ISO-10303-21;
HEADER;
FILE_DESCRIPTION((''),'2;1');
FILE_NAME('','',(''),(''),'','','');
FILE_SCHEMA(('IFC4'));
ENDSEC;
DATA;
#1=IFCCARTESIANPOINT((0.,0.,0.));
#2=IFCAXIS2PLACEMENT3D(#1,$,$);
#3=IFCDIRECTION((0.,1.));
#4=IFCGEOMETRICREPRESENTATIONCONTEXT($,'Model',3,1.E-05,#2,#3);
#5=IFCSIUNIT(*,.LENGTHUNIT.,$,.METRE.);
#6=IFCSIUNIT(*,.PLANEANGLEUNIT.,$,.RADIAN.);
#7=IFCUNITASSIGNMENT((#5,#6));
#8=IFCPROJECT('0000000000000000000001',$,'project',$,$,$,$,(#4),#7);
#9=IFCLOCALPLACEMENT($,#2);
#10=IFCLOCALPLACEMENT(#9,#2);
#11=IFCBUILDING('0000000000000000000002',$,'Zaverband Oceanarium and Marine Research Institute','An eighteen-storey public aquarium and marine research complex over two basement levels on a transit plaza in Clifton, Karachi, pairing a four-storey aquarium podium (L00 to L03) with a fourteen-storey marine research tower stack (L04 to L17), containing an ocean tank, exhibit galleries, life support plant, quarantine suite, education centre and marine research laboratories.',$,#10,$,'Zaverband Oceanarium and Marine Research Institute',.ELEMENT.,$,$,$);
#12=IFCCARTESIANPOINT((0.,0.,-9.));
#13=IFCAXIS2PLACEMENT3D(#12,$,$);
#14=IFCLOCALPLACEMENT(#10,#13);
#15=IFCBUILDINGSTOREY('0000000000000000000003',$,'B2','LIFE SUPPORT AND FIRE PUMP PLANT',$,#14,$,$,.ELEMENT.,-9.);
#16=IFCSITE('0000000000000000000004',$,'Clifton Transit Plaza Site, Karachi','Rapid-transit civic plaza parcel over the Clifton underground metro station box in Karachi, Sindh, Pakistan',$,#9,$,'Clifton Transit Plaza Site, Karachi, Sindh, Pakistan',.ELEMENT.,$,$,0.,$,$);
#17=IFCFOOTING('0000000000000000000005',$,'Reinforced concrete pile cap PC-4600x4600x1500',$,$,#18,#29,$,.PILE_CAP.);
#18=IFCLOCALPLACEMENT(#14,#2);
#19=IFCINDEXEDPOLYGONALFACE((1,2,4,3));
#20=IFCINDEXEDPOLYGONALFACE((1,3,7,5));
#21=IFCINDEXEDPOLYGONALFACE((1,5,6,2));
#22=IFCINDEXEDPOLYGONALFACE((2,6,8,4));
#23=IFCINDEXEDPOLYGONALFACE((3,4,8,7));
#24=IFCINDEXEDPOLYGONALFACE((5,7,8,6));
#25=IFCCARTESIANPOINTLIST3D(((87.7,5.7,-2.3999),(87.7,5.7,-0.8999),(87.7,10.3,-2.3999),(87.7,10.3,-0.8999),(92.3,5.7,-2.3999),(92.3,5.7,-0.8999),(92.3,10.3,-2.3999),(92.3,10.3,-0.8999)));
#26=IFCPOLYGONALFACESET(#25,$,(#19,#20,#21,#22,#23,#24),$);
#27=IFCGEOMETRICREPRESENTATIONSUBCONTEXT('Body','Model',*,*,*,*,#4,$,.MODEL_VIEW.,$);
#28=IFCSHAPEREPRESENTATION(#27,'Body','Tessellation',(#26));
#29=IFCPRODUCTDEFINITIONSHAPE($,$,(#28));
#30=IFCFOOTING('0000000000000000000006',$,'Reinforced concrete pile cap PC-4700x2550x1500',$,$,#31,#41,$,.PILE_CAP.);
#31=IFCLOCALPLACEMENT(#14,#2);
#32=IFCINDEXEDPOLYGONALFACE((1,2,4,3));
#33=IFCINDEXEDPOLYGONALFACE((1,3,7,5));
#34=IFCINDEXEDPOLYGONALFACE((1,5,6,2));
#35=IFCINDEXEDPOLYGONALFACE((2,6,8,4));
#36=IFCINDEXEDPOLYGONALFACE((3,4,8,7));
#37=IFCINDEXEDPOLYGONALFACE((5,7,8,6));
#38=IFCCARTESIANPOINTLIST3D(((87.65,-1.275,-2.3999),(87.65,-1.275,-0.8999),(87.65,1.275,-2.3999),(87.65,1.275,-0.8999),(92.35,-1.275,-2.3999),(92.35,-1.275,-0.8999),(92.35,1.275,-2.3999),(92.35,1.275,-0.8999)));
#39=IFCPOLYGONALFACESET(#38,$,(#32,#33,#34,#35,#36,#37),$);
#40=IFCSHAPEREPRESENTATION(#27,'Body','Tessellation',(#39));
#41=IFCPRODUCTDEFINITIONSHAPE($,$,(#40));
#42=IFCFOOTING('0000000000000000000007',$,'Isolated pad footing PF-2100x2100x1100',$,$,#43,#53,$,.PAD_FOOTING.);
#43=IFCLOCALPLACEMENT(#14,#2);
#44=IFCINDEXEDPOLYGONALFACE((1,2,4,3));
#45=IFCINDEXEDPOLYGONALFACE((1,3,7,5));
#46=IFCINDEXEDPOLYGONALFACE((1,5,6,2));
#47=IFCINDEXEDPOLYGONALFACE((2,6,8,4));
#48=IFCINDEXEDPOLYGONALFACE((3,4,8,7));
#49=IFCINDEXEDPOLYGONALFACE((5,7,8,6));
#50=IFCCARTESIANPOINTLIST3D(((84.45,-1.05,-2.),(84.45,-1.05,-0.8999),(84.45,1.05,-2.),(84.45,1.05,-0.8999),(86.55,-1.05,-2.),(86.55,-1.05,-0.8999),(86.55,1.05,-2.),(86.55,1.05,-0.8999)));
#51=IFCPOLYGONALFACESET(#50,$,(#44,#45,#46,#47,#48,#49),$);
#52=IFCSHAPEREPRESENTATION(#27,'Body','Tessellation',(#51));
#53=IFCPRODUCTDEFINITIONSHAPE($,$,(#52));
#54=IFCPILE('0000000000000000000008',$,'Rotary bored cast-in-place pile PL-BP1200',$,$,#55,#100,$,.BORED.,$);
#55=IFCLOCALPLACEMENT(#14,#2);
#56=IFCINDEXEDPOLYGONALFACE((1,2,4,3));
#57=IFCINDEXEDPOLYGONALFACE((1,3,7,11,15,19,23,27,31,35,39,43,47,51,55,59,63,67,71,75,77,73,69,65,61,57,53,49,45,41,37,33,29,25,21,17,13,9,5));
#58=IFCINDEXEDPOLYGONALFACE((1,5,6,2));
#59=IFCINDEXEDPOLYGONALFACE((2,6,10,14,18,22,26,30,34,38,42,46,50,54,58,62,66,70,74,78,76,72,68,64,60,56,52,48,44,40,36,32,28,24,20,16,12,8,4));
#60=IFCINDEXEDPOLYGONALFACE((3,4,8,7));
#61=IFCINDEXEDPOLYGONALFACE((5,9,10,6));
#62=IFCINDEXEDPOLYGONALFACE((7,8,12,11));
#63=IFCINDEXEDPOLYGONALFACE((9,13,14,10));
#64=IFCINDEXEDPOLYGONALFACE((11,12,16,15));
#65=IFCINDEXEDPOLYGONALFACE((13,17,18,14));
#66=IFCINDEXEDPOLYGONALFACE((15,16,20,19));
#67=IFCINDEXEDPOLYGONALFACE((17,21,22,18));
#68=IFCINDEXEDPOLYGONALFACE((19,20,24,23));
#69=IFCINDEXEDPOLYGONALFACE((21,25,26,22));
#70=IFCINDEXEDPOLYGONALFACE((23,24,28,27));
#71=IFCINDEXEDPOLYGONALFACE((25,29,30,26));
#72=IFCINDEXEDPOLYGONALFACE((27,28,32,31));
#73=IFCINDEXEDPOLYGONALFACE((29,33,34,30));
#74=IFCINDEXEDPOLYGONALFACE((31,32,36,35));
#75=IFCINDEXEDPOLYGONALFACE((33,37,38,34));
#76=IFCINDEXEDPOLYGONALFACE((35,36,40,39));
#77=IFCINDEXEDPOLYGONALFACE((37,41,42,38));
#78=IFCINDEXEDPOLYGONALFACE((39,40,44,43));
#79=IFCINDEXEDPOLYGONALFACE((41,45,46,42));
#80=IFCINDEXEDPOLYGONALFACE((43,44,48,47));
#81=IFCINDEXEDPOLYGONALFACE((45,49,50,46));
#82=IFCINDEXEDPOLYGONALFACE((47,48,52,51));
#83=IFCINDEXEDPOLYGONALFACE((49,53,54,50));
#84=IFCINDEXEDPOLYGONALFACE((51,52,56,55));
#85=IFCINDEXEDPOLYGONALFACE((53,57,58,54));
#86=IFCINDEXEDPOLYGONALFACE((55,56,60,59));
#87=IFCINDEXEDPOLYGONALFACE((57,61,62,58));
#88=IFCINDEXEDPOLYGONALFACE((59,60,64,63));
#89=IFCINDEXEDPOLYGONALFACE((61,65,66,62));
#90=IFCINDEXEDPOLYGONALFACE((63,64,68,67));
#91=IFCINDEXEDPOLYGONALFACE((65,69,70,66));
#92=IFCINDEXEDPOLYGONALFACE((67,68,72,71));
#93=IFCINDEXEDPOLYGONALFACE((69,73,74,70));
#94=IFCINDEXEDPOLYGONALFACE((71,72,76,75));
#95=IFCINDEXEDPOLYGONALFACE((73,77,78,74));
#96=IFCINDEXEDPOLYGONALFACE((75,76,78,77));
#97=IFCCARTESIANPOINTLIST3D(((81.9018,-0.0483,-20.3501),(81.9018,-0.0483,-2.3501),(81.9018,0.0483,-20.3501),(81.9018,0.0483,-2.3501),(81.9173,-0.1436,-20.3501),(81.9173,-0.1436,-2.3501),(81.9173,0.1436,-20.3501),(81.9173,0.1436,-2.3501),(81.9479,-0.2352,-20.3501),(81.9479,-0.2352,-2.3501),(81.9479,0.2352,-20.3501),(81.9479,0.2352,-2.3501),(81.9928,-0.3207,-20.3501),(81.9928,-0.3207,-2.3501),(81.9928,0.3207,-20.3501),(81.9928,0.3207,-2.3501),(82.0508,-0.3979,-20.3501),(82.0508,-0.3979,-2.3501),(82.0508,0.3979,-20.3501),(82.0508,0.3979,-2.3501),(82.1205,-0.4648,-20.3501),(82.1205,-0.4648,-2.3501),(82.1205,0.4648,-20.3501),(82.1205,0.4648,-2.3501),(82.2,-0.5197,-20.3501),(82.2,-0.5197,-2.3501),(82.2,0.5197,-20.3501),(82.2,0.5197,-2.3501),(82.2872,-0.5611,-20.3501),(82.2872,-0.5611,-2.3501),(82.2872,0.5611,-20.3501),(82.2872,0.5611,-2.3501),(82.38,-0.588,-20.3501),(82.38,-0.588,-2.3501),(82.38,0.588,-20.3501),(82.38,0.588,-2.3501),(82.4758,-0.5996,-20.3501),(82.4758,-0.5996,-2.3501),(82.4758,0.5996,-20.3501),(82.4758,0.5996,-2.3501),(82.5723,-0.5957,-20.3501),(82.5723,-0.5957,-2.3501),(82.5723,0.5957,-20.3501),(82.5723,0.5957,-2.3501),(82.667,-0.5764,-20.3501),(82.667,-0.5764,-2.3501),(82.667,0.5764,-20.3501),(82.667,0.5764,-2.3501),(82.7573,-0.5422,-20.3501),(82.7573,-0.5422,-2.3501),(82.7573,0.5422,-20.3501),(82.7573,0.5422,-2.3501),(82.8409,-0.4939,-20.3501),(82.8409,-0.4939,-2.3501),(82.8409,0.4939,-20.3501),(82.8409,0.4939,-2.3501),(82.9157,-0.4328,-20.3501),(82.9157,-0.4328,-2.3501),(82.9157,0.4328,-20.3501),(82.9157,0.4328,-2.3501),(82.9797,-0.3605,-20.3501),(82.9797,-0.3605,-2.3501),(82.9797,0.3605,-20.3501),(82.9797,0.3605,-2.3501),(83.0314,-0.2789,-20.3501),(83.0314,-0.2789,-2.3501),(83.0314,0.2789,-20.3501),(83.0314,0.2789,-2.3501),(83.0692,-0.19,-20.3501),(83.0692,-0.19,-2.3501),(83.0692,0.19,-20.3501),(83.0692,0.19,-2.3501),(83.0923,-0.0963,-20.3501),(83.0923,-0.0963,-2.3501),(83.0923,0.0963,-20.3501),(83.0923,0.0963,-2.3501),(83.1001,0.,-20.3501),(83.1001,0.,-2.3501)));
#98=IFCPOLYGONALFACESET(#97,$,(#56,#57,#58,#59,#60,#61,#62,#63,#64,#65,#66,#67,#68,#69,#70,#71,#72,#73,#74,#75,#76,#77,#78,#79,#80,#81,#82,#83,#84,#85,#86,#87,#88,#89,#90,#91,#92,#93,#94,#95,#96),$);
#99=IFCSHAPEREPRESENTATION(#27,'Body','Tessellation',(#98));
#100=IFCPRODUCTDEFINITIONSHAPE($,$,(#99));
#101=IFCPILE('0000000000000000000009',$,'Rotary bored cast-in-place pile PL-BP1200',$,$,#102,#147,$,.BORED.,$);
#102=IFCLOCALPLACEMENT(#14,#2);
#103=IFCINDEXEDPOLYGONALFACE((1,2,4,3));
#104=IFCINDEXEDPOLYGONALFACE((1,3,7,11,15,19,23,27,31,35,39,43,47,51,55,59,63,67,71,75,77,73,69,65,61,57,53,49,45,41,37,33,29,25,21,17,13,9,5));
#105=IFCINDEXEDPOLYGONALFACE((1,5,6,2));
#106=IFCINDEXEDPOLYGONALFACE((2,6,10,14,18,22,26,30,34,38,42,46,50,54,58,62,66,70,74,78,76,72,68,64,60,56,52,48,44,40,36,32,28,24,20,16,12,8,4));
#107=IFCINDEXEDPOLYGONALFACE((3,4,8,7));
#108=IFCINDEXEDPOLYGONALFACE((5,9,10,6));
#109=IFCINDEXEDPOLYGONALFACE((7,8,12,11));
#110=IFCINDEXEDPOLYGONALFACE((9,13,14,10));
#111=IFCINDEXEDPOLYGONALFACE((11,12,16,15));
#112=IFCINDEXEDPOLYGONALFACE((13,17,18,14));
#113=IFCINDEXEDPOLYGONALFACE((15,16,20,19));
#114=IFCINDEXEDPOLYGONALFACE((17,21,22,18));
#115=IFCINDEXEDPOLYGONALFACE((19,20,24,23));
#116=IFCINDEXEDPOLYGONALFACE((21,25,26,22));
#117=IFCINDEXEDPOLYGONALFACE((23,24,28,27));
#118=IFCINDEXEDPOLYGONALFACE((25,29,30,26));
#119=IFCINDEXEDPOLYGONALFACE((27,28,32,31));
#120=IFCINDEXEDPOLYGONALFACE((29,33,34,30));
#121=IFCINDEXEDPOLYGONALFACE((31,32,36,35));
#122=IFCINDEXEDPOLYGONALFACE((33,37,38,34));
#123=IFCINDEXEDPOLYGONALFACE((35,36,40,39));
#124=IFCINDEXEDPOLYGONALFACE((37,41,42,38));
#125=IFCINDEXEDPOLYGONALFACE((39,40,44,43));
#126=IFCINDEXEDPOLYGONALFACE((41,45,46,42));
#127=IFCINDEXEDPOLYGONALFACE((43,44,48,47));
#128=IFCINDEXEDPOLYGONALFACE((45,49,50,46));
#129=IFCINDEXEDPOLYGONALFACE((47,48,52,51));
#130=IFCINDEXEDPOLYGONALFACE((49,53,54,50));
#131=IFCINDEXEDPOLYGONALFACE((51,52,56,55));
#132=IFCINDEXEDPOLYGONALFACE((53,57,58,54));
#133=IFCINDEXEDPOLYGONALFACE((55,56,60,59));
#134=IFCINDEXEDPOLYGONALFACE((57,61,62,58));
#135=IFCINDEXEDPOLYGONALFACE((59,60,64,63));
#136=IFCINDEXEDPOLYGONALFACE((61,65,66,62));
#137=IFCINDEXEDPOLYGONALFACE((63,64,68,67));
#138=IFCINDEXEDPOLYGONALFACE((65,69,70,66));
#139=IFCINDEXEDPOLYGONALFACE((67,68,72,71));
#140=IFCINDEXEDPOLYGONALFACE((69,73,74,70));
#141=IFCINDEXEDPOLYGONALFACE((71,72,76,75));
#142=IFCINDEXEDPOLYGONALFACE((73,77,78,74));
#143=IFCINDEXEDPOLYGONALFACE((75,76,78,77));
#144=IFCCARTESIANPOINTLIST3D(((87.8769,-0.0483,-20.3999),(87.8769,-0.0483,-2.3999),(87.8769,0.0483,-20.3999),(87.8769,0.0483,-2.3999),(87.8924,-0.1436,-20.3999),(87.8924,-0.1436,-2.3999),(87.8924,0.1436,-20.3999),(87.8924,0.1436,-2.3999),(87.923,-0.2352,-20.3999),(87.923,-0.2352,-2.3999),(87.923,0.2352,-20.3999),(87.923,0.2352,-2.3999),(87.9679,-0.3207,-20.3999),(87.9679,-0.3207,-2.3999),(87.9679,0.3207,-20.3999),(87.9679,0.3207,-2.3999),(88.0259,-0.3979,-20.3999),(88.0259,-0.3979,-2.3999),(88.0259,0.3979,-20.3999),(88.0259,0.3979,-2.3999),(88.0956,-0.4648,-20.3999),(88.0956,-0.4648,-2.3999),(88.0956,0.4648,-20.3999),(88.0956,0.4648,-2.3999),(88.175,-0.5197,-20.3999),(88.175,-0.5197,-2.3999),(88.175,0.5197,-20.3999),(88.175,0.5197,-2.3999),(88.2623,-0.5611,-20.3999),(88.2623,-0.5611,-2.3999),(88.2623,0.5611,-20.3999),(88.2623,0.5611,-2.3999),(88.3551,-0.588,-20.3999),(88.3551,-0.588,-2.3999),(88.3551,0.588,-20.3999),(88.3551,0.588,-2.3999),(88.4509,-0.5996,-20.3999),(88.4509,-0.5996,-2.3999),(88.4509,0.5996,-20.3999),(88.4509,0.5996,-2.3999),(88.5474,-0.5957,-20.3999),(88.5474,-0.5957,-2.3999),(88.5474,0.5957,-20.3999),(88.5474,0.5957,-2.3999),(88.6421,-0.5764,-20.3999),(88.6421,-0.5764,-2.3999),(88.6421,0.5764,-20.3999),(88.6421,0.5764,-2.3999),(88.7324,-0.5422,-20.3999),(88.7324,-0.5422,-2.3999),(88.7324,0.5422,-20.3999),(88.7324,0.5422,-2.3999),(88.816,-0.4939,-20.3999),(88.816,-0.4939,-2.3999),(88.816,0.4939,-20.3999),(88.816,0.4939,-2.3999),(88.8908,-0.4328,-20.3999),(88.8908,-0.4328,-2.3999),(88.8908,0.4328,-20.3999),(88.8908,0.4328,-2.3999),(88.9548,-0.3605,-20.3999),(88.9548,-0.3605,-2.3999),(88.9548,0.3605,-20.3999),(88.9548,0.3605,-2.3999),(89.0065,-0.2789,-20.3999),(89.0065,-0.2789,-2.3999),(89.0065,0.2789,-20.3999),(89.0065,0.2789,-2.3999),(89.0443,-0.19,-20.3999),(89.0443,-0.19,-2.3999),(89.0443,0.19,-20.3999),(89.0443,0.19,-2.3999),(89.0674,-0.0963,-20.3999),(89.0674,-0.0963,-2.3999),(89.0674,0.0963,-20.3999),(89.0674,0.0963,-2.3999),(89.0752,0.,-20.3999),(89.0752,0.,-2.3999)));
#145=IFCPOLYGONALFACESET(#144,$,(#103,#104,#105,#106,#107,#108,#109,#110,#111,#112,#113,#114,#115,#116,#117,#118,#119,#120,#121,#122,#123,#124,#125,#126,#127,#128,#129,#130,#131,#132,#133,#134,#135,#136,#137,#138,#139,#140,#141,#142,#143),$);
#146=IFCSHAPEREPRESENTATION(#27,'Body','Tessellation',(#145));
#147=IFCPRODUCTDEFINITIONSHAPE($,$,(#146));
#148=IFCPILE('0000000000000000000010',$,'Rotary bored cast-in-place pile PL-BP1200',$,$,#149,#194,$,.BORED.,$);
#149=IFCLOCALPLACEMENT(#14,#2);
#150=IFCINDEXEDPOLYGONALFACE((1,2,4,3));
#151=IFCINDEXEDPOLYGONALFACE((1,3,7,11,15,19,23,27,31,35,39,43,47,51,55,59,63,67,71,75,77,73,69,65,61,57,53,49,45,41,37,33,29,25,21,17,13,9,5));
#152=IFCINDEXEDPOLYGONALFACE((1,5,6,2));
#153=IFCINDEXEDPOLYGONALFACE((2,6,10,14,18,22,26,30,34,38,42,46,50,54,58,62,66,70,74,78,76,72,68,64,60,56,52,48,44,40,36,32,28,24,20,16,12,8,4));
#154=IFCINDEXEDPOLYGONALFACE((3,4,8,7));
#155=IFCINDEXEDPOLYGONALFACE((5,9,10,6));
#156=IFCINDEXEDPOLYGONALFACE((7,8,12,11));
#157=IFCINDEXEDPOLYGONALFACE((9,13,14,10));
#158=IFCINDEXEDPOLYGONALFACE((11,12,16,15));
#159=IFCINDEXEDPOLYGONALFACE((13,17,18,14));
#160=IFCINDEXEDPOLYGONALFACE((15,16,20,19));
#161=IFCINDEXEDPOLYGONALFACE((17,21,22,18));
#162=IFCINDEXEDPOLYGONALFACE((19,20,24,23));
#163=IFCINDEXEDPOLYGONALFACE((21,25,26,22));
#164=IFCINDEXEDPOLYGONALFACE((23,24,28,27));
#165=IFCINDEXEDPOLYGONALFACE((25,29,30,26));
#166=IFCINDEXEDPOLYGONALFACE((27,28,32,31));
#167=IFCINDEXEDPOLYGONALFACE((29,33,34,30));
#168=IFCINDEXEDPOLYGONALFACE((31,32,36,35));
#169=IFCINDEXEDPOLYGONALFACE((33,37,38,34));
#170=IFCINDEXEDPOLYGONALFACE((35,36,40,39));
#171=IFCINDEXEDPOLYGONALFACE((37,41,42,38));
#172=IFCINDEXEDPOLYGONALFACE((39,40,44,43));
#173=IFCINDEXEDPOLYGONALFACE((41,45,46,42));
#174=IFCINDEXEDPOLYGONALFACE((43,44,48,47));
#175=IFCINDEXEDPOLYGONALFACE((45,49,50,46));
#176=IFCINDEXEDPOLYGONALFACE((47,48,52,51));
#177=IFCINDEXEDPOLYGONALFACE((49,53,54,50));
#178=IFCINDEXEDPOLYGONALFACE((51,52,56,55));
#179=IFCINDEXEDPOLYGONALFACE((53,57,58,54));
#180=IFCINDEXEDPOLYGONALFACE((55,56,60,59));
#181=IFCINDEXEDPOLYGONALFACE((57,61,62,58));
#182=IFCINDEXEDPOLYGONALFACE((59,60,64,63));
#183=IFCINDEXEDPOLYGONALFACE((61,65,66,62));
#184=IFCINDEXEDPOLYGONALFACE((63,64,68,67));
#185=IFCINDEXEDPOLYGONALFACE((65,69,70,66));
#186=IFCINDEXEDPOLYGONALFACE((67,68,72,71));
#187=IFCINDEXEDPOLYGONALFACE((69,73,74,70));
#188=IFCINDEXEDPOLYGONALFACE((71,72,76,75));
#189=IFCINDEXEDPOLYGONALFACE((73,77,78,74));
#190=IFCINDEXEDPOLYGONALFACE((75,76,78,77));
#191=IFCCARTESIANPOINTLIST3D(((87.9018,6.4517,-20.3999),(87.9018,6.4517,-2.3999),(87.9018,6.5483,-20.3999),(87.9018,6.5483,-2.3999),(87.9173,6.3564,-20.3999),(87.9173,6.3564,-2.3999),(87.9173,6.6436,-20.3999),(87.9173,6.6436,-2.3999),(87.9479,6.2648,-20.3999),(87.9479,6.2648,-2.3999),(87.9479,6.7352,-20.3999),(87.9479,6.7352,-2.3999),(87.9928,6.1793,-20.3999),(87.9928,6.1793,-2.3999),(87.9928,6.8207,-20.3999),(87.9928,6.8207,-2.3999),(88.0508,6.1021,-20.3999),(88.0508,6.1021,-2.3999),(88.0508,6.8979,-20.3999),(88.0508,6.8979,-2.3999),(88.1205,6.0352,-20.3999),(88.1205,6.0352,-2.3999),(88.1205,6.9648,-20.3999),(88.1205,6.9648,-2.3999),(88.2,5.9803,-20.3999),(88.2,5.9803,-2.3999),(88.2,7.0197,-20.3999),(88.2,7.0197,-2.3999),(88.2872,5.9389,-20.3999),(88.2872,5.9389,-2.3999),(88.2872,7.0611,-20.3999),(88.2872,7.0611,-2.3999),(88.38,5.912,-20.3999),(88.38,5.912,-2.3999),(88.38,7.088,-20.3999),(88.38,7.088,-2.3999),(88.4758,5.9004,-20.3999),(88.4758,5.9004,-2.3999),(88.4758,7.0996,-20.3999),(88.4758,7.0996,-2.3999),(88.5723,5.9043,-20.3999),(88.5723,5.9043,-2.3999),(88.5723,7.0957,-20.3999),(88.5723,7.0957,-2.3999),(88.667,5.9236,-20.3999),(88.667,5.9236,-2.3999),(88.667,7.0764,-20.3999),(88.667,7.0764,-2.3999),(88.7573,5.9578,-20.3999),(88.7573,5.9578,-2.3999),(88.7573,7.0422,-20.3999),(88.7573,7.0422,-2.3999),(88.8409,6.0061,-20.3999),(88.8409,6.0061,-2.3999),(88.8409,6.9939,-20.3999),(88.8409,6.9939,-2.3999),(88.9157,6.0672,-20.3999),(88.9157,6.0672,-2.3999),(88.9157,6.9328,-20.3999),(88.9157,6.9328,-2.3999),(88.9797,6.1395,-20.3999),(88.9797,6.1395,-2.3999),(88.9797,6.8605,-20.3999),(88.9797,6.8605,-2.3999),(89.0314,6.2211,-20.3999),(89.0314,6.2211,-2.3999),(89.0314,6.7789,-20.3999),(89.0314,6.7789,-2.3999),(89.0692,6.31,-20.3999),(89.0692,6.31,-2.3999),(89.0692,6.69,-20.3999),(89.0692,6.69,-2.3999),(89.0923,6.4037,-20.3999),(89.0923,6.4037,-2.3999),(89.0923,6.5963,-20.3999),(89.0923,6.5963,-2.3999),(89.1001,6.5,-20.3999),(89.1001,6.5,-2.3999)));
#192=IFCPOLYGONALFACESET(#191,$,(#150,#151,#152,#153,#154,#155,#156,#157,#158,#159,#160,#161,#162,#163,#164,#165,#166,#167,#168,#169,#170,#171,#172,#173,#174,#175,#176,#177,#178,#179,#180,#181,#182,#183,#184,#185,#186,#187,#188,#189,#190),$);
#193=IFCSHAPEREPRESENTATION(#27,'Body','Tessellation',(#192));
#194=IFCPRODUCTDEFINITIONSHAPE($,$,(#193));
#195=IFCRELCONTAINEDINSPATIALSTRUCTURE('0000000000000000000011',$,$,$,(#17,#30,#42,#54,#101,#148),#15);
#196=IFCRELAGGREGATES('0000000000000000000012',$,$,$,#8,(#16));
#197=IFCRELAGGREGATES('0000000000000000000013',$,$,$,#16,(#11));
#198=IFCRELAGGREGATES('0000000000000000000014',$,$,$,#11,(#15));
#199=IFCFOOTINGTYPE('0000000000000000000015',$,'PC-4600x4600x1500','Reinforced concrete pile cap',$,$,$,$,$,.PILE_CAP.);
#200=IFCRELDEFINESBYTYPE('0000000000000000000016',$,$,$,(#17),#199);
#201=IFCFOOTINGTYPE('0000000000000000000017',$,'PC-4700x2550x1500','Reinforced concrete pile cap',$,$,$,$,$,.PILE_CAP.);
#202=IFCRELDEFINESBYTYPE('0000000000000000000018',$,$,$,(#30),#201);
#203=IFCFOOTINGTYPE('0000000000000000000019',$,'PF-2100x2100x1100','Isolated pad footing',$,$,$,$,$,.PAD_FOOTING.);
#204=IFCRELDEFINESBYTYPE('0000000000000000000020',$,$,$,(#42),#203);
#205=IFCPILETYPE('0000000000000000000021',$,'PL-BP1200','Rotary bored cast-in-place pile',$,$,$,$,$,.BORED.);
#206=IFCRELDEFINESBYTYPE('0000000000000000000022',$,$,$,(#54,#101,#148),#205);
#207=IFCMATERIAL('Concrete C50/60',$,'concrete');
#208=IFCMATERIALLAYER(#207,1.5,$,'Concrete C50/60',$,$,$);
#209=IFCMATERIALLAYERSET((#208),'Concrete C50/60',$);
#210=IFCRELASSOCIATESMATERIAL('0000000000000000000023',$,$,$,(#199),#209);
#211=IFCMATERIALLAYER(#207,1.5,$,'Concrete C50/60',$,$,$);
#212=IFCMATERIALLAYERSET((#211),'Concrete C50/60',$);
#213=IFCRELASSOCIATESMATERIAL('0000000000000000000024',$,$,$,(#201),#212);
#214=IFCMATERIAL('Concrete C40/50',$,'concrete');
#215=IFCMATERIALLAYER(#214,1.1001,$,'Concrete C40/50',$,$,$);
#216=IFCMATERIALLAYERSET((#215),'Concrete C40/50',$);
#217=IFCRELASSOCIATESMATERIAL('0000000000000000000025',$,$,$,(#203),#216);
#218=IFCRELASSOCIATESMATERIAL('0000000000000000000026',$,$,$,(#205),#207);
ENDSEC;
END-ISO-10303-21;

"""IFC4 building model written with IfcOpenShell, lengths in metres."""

from ifc_helpers import new_model, si_unit, direction, frame, origin, origin_2d, place, context, subcontext, project, spatial, rectangle, circle, extrude, material, layer, layer_set, material_profile, profile_set, type_object, element, save


model = new_model("IFC4")

# Units and contexts
model_context = context("Model", 3, precision=1e-05, world=origin(), true_north=direction((0.0, 1.0)))
body_context = subcontext(model_context, "Body", "Model", "MODEL_VIEW")
ifc_project = project(units=[si_unit("LENGTHUNIT", "METRE"), si_unit("PLANEANGLEUNIT", "RADIAN")], contexts=[model_context])

# Site, building, storey
site_placement = place(None, origin())
site = spatial("IfcSite", under=ifc_project, at=site_placement, Name="Clifton Transit Plaza Site, Karachi", Description="Rapid-transit civic plaza parcel over the Clifton underground metro station box in Karachi, Sindh, Pakistan", LongName="Clifton Transit Plaza Site, Karachi, Sindh, Pakistan", CompositionType="ELEMENT", RefElevation=0.0)
building_placement = place(site_placement, origin())
building = spatial("IfcBuilding", under=site, at=building_placement, Name="Zaverband Oceanarium and Marine Research Institute", Description="An eighteen-storey public aquarium and marine research complex over two basement levels on a transit plaza in Clifton, Karachi, pairing a four-storey aquarium podium (L00 to L03) with a fourteen-storey marine research tower stack (L04 to L17), containing an ocean tank, exhibit galleries, life support plant, quarantine suite, education centre and marine research laboratories.", LongName="Zaverband Oceanarium and Marine Research Institute", CompositionType="ELEMENT")
storey_placement = place(building_placement, frame((0.0, 0.0, -9.0)))
storey = spatial("IfcBuildingStorey", under=building, at=storey_placement, Name="B2", Description="LIFE SUPPORT AND FIRE PUMP PLANT", CompositionType="ELEMENT", Elevation=-9.0)

# Footings
ifc_material_1 = material(Name="Concrete C50/60", Category="concrete")
ifc_layer_1 = layer(ifc_material_1, 1.5, Name="Concrete C50/60")
ifc_layer_set_1 = layer_set([ifc_layer_1], Name="Concrete C50/60")
footing_type_1 = type_object("IfcFootingType", Name="PC-4600x4600x1500", Description="Reinforced concrete pile cap", PredefinedType="PILE_CAP", material=ifc_layer_set_1)
footing_1_placement = place(storey_placement, frame((90.0, 8.0, -2.3999), z_axis=(0.0, 0.0, 1.0), x_axis=(1.0, 0.0, 0.0)))
element("IfcFooting", 1, at=footing_1_placement, inside=storey, type_object=footing_type_1, Name="Reinforced concrete pile cap PC-4600x4600x1500", PredefinedType="PILE_CAP", context=body_context, shape_type="SweptSolid", body=[
    extrude(rectangle(XDim=4.6001, YDim=4.6001, at=origin_2d()), origin(), (0.0, 0.0, 1.0), 1.5),
])
ifc_layer_2 = layer(ifc_material_1, 1.5, Name="Concrete C50/60")
ifc_layer_set_2 = layer_set([ifc_layer_2], Name="Concrete C50/60")
footing_type_2 = type_object("IfcFootingType", Name="PC-4700x2550x1500", Description="Reinforced concrete pile cap", PredefinedType="PILE_CAP", material=ifc_layer_set_2)
footing_2_placement = place(storey_placement, frame((90.0, 0.0, -2.3999), z_axis=(0.0, 0.0, 1.0), x_axis=(1.0, 0.0, 0.0)))
element("IfcFooting", 2, at=footing_2_placement, inside=storey, type_object=footing_type_2, Name="Reinforced concrete pile cap PC-4700x2550x1500", PredefinedType="PILE_CAP", context=body_context, shape_type="SweptSolid", body=[
    extrude(rectangle(XDim=4.7, YDim=2.55, at=origin_2d()), origin(), (0.0, 0.0, 1.0), 1.5),
])
ifc_material_2 = material(Name="Concrete C40/50", Category="concrete")
ifc_layer_3 = layer(ifc_material_2, 1.1001, Name="Concrete C40/50")
ifc_layer_set_3 = layer_set([ifc_layer_3], Name="Concrete C40/50")
footing_type_3 = type_object("IfcFootingType", Name="PF-2100x2100x1100", Description="Isolated pad footing", PredefinedType="PAD_FOOTING", material=ifc_layer_set_3)
footing_3_placement = place(storey_placement, frame((85.5, 0.0, -2.0), z_axis=(0.0, 0.0, 1.0), x_axis=(1.0, 0.0, 0.0)))
element("IfcFooting", 3, at=footing_3_placement, inside=storey, type_object=footing_type_3, Name="Isolated pad footing PF-2100x2100x1100", PredefinedType="PAD_FOOTING", context=body_context, shape_type="SweptSolid", body=[
    extrude(rectangle(XDim=2.1001, YDim=2.1001, at=origin_2d()), origin(), (0.0, 0.0, 1.0), 1.1001),
])

# Piles
ifc_material_profile_1 = material_profile(ifc_material_1, circle(Radius=0.6001, at=origin_2d()), Name="BP1200")
ifc_profile_set_1 = profile_set([ifc_material_profile_1], Name="Concrete C50/60")
pile_type = type_object("IfcPileType", Name="PL-BP1200", Description="Rotary bored cast-in-place pile", PredefinedType="BORED", material=ifc_profile_set_1)
for number, where, z_axis, x_axis, name in (
    (4, (82.5, 0.0, -2.3501), (0.0, 0.0, -1.0), (1.0, 0.0, 0.0), "Rotary bored cast-in-place pile PL-BP1200"),
    (5, (88.4751, 0.0, -2.3999), (0.0, 0.0, -1.0), (1.0, 0.0, 0.0), "Rotary bored cast-in-place pile PL-BP1200"),
    (6, (88.5, 6.5, -2.3999), (0.0, 0.0, -1.0), (1.0, 0.0, 0.0), "Rotary bored cast-in-place pile PL-BP1200"),
):
    element("IfcPile", number, at=place(storey_placement, frame(where, z_axis=z_axis, x_axis=x_axis)), inside=storey, type_object=pile_type, Name=name, PredefinedType="BORED", context=body_context, shape_type="SweptSolid", body=[
        extrude(circle(Radius=0.6001, at=origin_2d()), origin(), (0.0, 0.0, 1.0), 18.0),
    ])

save(model, "model.ifc")
